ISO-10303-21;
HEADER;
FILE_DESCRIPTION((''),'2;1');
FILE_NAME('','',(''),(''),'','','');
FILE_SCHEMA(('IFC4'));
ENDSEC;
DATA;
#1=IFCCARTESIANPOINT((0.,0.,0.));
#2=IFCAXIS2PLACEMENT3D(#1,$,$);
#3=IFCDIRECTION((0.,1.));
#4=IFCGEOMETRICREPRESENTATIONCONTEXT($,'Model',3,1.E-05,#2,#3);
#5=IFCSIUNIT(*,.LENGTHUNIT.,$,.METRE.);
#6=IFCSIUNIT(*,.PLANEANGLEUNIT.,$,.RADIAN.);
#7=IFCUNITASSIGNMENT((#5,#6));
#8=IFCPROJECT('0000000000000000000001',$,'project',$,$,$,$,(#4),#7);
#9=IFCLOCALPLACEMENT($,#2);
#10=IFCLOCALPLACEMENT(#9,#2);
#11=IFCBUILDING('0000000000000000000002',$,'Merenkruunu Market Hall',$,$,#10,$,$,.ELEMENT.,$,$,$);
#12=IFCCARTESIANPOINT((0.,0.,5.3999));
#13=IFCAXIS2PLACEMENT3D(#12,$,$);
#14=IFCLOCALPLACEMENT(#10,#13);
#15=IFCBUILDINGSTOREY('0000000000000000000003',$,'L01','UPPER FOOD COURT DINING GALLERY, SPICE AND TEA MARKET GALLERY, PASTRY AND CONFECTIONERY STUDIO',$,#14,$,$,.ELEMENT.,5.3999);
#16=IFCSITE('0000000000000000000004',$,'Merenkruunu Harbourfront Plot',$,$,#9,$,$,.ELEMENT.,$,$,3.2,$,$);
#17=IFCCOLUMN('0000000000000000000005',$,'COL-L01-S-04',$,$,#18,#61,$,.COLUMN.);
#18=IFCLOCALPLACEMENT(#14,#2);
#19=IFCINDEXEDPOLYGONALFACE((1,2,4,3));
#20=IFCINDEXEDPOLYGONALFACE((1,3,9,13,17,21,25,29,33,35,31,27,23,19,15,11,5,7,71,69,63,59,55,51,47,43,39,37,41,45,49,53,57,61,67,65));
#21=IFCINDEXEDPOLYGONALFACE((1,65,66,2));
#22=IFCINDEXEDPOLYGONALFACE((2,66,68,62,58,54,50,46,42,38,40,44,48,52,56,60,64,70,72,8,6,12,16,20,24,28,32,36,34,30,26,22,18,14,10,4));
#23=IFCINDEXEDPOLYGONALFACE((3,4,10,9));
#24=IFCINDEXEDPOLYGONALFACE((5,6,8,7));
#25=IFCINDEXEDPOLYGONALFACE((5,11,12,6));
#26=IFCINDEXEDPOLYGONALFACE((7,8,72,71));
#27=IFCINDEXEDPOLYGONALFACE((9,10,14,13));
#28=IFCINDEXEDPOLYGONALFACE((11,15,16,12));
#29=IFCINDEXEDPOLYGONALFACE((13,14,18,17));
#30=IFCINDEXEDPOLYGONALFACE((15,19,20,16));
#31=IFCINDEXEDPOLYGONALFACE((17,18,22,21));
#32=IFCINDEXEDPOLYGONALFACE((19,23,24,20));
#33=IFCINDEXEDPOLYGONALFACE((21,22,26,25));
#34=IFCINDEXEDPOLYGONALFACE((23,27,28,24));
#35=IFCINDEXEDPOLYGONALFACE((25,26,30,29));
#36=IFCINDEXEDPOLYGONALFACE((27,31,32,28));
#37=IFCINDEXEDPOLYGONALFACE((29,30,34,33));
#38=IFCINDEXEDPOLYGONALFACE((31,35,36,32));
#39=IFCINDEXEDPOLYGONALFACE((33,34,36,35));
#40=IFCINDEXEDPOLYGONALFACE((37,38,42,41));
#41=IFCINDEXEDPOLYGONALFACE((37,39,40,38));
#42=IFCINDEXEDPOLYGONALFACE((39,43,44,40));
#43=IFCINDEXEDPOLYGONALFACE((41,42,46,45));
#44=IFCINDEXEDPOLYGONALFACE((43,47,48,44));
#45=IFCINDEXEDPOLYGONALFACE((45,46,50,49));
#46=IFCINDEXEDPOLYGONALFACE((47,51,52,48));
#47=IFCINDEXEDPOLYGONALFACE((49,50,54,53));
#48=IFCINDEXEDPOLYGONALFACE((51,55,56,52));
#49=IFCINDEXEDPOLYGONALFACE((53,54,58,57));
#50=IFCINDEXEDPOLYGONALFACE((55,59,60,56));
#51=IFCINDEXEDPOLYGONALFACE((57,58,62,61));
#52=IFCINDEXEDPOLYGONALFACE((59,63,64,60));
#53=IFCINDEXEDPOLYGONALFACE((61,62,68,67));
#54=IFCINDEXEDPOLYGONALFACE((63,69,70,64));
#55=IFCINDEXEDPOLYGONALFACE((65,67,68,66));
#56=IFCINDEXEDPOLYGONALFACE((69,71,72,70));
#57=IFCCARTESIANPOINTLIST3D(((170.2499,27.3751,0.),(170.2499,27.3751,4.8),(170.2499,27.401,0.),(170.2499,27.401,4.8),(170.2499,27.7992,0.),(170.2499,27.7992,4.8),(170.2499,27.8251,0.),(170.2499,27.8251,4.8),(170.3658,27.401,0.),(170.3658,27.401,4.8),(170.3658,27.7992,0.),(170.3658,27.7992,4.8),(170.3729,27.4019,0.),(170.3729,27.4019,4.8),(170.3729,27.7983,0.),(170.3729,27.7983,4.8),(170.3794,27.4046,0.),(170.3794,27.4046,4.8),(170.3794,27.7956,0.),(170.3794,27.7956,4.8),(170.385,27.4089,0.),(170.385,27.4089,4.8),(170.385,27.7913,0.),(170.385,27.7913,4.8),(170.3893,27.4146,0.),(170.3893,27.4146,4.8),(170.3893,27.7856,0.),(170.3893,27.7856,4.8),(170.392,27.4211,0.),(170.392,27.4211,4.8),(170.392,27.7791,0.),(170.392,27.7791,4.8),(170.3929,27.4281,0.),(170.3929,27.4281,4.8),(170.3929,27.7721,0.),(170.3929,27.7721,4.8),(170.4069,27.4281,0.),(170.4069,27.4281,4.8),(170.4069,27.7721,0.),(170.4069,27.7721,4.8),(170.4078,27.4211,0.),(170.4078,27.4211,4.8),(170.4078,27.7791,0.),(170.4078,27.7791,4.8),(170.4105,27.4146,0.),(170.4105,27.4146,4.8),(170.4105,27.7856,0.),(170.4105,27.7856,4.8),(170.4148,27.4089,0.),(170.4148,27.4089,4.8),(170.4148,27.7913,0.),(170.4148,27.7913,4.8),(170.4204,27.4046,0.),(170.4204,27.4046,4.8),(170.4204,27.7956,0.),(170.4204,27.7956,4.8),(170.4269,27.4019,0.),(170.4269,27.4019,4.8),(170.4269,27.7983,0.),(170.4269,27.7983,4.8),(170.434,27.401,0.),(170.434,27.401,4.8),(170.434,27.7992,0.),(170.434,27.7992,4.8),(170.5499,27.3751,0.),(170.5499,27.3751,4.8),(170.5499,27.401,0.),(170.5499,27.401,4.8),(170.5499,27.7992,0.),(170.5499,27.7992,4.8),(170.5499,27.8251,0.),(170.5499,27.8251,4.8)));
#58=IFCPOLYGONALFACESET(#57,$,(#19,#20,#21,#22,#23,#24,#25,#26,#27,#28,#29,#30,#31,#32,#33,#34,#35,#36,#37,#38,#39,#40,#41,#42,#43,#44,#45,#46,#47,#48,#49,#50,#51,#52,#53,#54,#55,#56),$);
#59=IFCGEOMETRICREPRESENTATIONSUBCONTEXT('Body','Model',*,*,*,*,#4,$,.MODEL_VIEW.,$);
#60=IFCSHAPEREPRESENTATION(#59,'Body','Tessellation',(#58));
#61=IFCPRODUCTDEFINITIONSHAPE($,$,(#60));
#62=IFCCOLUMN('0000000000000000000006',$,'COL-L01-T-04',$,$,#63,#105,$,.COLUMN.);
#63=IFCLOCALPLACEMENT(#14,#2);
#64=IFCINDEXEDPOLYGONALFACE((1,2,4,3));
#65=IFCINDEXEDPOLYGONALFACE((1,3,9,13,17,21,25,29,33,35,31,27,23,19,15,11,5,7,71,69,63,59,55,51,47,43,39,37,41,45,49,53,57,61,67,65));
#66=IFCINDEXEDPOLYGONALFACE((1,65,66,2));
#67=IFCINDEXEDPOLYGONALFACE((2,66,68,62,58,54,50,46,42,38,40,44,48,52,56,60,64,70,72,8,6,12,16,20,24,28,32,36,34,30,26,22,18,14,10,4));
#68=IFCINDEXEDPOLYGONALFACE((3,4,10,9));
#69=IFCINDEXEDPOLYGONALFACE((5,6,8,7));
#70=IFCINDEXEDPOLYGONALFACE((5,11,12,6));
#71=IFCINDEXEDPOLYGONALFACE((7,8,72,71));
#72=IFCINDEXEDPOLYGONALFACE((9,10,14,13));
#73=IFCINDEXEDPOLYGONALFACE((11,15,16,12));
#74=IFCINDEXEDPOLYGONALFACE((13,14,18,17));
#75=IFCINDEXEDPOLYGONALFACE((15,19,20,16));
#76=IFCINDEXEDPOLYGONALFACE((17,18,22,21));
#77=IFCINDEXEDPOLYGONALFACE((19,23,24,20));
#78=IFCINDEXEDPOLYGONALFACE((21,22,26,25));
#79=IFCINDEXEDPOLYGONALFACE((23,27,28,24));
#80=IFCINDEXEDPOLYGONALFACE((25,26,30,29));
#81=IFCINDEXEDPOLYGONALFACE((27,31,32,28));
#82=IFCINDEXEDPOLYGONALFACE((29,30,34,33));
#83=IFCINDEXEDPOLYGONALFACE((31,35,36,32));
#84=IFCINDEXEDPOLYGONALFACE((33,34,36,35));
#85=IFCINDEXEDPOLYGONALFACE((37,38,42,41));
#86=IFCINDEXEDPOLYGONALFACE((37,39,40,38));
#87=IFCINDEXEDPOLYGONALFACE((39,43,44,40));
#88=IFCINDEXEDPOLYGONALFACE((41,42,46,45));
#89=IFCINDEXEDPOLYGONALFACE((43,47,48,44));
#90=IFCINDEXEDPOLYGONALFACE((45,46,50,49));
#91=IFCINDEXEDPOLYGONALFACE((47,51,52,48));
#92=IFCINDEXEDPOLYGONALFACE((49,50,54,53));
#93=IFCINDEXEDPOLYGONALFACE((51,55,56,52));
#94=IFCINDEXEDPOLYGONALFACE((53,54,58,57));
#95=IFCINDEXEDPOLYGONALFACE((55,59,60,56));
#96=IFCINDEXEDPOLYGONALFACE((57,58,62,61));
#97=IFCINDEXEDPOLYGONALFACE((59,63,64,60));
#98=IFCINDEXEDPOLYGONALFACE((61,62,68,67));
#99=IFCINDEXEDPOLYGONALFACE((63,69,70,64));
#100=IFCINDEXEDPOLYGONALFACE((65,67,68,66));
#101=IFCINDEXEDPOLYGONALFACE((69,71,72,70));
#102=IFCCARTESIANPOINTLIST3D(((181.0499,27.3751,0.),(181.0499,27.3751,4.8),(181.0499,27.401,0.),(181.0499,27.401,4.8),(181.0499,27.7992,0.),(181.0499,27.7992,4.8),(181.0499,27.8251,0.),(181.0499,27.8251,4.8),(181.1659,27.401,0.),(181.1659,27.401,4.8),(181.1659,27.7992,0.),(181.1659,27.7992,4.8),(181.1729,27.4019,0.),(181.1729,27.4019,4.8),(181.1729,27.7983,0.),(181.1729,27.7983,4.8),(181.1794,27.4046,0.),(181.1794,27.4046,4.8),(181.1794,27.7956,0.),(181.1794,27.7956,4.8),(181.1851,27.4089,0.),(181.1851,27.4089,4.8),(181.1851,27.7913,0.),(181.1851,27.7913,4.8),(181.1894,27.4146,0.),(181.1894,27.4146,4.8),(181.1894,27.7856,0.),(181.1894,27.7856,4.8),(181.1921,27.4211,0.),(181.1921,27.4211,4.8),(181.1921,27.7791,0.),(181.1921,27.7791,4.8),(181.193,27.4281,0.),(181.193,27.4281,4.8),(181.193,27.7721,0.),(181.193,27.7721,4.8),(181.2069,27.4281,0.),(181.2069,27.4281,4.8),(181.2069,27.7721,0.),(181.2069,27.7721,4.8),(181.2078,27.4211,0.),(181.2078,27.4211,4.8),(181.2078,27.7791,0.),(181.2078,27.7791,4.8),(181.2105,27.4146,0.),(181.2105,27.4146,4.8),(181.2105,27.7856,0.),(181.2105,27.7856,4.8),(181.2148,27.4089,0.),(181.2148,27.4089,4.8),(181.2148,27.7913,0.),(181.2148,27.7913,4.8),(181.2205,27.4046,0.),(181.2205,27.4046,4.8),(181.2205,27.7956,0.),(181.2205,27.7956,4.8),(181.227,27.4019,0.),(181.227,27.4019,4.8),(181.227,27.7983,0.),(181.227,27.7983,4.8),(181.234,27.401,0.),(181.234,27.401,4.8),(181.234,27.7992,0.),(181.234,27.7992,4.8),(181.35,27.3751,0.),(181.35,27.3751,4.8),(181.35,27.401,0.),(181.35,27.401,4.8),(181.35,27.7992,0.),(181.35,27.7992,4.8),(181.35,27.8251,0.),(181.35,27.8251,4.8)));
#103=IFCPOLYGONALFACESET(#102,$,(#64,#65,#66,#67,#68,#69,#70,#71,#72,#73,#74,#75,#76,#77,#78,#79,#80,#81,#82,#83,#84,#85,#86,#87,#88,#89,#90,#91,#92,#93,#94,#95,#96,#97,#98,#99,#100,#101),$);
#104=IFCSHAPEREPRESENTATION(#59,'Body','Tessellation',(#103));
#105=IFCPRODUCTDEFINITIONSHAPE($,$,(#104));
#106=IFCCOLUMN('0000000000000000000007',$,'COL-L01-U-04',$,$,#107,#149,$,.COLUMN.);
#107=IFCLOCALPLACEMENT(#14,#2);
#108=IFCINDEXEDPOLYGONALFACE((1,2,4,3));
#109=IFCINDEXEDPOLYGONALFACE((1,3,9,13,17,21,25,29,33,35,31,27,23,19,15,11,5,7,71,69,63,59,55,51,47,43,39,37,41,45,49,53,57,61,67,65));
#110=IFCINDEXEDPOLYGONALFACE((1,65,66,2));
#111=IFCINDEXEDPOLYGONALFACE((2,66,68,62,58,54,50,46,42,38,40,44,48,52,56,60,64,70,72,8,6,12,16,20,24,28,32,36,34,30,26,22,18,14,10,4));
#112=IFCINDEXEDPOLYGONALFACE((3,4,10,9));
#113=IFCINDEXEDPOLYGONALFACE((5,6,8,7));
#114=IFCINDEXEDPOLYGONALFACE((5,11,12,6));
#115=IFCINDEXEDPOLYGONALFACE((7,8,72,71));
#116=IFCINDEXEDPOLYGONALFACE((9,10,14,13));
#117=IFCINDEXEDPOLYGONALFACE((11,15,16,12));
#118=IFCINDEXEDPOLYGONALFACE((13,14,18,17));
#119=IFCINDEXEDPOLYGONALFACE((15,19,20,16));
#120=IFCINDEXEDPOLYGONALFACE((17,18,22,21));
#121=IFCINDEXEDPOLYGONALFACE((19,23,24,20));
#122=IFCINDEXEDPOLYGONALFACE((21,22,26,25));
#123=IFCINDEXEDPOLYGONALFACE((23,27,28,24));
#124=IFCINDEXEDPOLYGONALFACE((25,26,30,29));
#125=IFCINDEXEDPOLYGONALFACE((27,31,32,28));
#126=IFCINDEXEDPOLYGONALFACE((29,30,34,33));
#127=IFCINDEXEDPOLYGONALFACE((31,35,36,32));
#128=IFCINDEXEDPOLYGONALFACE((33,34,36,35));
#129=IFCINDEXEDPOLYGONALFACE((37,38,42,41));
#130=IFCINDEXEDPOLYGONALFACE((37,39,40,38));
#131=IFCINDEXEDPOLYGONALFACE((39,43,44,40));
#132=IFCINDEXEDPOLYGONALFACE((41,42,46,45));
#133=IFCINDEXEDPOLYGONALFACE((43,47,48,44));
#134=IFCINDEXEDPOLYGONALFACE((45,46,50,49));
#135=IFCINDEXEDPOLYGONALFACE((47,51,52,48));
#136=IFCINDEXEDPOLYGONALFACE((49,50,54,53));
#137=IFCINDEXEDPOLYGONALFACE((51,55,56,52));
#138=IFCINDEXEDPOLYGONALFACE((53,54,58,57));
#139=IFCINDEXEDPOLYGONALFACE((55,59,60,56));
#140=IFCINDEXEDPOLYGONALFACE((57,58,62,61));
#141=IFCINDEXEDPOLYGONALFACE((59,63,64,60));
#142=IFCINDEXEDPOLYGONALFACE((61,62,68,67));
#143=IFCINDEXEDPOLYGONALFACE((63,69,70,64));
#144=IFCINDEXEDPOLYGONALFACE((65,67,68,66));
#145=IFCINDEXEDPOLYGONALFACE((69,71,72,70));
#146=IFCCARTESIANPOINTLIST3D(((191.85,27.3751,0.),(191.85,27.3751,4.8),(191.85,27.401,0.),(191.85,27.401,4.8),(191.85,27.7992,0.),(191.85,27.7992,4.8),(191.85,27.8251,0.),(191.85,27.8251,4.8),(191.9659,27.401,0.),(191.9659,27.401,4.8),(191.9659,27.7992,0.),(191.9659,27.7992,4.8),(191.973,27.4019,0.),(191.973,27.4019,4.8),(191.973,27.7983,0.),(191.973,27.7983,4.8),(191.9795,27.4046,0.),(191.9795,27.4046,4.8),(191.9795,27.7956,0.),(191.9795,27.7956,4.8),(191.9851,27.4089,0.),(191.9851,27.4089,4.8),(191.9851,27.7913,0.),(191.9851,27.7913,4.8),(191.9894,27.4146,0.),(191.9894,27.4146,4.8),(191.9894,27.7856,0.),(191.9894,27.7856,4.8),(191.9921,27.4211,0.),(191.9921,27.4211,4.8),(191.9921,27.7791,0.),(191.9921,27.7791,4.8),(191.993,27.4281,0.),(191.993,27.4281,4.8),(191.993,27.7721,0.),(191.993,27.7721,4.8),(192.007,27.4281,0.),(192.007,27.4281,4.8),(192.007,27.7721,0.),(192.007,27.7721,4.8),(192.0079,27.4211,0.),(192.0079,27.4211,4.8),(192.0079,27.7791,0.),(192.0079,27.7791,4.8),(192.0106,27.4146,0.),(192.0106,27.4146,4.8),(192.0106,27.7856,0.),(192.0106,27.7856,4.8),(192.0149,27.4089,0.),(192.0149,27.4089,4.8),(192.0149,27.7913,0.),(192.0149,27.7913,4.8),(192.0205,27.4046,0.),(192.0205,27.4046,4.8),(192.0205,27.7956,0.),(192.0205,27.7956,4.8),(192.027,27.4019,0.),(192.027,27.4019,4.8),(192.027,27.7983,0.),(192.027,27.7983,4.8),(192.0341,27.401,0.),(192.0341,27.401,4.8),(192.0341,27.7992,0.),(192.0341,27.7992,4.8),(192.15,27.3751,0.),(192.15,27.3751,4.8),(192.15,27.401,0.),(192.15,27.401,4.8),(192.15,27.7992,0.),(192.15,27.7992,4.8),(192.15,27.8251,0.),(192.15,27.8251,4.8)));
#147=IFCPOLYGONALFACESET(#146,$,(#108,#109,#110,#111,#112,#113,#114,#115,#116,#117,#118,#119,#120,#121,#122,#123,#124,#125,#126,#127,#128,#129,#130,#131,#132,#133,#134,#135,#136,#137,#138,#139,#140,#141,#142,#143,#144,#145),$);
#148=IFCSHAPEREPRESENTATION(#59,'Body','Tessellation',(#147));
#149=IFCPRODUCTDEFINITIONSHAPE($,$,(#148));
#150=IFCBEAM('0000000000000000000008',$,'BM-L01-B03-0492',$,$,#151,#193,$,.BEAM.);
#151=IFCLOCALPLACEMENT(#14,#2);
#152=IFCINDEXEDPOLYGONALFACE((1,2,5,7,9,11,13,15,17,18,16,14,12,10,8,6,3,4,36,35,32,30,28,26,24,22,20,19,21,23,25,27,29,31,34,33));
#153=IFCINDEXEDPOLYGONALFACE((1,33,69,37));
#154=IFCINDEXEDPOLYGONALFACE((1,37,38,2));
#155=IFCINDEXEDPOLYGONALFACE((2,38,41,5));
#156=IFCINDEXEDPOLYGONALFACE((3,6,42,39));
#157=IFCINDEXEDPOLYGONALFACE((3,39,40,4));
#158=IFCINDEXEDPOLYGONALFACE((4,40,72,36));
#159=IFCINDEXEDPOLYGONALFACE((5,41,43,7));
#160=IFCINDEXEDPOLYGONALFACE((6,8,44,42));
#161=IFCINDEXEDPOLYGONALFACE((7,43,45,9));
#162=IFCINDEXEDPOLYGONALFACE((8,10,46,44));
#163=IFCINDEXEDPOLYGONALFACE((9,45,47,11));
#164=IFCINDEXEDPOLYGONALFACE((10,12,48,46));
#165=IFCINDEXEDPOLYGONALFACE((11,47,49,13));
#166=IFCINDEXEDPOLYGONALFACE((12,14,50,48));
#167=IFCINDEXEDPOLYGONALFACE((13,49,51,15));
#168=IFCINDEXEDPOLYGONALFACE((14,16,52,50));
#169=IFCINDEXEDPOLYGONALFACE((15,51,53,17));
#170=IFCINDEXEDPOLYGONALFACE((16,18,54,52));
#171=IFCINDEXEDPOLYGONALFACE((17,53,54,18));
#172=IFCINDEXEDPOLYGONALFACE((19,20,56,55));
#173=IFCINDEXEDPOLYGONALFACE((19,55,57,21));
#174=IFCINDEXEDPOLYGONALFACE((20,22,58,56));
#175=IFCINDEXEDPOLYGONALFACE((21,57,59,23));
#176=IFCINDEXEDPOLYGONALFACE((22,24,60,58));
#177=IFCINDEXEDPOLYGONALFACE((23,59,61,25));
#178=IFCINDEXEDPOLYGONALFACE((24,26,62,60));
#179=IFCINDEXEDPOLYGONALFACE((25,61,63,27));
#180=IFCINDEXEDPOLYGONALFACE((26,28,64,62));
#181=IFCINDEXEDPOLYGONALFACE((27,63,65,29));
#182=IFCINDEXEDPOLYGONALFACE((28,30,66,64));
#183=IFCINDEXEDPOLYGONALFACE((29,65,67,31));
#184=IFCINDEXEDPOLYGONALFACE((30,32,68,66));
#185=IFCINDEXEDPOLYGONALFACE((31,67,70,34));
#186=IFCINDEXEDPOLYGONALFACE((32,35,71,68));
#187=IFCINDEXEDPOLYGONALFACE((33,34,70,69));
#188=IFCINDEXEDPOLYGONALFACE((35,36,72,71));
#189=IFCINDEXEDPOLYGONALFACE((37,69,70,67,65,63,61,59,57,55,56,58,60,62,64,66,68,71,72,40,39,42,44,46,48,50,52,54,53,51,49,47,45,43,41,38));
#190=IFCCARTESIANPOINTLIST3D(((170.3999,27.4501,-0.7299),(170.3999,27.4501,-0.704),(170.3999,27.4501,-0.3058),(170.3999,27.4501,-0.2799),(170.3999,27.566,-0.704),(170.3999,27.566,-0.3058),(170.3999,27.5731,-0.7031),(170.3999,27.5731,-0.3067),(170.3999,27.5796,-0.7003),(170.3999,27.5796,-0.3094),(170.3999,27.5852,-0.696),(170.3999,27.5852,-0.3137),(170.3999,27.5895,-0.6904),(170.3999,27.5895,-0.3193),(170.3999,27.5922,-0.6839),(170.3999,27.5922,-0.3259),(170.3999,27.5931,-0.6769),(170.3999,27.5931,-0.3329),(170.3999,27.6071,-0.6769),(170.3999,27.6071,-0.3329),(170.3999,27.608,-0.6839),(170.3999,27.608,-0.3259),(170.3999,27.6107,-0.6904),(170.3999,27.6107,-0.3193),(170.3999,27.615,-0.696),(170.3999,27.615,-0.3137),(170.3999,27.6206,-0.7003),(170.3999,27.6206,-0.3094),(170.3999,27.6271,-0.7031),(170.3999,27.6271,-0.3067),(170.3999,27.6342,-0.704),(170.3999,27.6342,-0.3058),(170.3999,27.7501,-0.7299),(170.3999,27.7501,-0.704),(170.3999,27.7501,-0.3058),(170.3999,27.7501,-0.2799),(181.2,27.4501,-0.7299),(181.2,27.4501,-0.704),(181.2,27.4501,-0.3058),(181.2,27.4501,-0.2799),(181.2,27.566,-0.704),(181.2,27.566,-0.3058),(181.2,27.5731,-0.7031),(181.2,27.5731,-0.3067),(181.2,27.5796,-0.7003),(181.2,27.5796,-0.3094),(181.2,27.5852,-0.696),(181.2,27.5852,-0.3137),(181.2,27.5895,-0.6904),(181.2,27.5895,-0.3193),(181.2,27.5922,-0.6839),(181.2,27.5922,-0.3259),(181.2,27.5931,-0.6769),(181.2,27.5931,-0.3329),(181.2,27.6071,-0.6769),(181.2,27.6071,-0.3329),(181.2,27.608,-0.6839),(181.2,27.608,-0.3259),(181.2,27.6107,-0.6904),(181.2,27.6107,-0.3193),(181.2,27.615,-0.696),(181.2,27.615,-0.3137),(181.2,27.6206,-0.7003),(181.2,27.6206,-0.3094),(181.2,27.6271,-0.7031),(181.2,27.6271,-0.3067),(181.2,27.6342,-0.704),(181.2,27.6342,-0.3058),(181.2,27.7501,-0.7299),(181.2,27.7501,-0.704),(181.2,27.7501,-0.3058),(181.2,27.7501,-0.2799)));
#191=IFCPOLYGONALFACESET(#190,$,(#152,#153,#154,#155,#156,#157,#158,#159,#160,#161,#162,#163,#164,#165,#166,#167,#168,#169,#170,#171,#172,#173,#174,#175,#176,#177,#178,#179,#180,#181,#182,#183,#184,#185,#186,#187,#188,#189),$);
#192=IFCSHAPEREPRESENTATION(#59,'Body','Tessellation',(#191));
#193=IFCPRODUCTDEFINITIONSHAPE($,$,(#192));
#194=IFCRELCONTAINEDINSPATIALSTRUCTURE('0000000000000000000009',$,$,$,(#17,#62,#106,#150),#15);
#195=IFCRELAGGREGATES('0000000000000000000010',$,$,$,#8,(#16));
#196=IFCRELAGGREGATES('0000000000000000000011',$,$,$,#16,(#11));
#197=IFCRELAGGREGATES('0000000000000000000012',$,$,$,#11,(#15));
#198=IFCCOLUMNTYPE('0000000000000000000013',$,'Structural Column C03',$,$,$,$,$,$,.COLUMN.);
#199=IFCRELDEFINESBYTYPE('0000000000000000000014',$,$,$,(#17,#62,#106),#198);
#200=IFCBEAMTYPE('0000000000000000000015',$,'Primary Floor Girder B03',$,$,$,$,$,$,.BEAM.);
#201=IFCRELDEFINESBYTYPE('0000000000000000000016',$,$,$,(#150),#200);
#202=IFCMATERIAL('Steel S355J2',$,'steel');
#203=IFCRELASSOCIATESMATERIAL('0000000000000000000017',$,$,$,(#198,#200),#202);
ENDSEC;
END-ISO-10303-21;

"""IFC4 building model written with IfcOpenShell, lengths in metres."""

from ifc_helpers import new_model, si_unit, direction, frame, origin, origin_2d, place, context, subcontext, project, spatial, i_section, extrude, material, material_profile, profile_set, type_object, element, save


model = new_model("IFC4")

# Units and contexts
model_context = context("Model", 3, precision=1e-05, world=origin(), true_north=direction((0.0, 1.0)))
body_context = subcontext(model_context, "Body", "Model", "MODEL_VIEW")
ifc_project = project(units=[si_unit("LENGTHUNIT", "METRE"), si_unit("PLANEANGLEUNIT", "RADIAN")], contexts=[model_context])

# Site, building, storey
site_placement = place(None, origin())
site = spatial("IfcSite", under=ifc_project, at=site_placement, Name="Merenkruunu Harbourfront Plot", CompositionType="ELEMENT", RefElevation=3.2)
building_placement = place(site_placement, origin())
building = spatial("IfcBuilding", under=site, at=building_placement, Name="Merenkruunu Market Hall", CompositionType="ELEMENT")
storey_placement = place(building_placement, frame((0.0, 0.0, 5.3999)))
storey = spatial("IfcBuildingStorey", under=building, at=storey_placement, Name="L01", Description="UPPER FOOD COURT DINING GALLERY, SPICE AND TEA MARKET GALLERY, PASTRY AND CONFECTIONERY STUDIO", CompositionType="ELEMENT", Elevation=5.3999)

# Columns
ifc_material_1 = material(Name="Steel S355J2", Category="steel")
ifc_material_profile_1 = material_profile(ifc_material_1, i_section(OverallWidth=0.3, OverallDepth=0.45, WebThickness=0.0139, FlangeThickness=0.0259, FilletRadius=0.0271, at=origin_2d()), Name="HEB 450")
ifc_profile_set_1 = profile_set([ifc_material_profile_1], Name="Steel S355J2")
column_type = type_object("IfcColumnType", Name="Structural Column C03", PredefinedType="COLUMN", material=ifc_profile_set_1)
for number, where, z_axis, x_axis, name in (
    (1, (170.3999, 27.6001, 0.0), (0.0, 0.0, 1.0), (1.0, 0.0, 0.0), "COL-L01-S-04"),
    (2, (181.2, 27.6001, 0.0), (0.0, 0.0, 1.0), (1.0, 0.0, 0.0), "COL-L01-T-04"),
    (3, (192.0, 27.6001, 0.0), (0.0, 0.0, 1.0), (1.0, 0.0, 0.0), "COL-L01-U-04"),
):
    element("IfcColumn", number, at=place(storey_placement, frame(where, z_axis=z_axis, x_axis=x_axis)), inside=storey, type_object=column_type, Name=name, PredefinedType="COLUMN", context=body_context, shape_type="SweptSolid", body=[
        extrude(i_section(OverallWidth=0.3, OverallDepth=0.45, WebThickness=0.0139, FlangeThickness=0.0259, FilletRadius=0.0271, at=origin_2d()), origin(), (0.0, 0.0, 1.0), 4.8),
    ])

# Beam
ifc_material_profile_2 = material_profile(ifc_material_1, i_section(OverallWidth=0.3, OverallDepth=0.45, WebThickness=0.0139, FlangeThickness=0.0259, FilletRadius=0.0271, at=origin_2d()), Name="HEB 450")
ifc_profile_set_2 = profile_set([ifc_material_profile_2], Name="Steel S355J2")
beam_type_1 = type_object("IfcBeamType", Name="Primary Floor Girder B03", PredefinedType="BEAM", material=ifc_profile_set_2)
for number, where, z_axis, x_axis, name in (
    (4, (170.3999, 27.6001, -0.5049), (1.0, 0.0, 0.0), (0.0, 1.0, 0.0), "BM-L01-B03-0492"),
):
    element("IfcBeam", number, at=place(storey_placement, frame(where, z_axis=z_axis, x_axis=x_axis)), inside=storey, type_object=beam_type_1, Name=name, PredefinedType="BEAM", context=body_context, shape_type="SweptSolid", body=[
        extrude(i_section(OverallWidth=0.3, OverallDepth=0.45, WebThickness=0.0139, FlangeThickness=0.0259, FilletRadius=0.0271, at=origin_2d()), origin(), (0.0, 0.0, 1.0), 10.8),
    ])

save(model, "model.ifc")
